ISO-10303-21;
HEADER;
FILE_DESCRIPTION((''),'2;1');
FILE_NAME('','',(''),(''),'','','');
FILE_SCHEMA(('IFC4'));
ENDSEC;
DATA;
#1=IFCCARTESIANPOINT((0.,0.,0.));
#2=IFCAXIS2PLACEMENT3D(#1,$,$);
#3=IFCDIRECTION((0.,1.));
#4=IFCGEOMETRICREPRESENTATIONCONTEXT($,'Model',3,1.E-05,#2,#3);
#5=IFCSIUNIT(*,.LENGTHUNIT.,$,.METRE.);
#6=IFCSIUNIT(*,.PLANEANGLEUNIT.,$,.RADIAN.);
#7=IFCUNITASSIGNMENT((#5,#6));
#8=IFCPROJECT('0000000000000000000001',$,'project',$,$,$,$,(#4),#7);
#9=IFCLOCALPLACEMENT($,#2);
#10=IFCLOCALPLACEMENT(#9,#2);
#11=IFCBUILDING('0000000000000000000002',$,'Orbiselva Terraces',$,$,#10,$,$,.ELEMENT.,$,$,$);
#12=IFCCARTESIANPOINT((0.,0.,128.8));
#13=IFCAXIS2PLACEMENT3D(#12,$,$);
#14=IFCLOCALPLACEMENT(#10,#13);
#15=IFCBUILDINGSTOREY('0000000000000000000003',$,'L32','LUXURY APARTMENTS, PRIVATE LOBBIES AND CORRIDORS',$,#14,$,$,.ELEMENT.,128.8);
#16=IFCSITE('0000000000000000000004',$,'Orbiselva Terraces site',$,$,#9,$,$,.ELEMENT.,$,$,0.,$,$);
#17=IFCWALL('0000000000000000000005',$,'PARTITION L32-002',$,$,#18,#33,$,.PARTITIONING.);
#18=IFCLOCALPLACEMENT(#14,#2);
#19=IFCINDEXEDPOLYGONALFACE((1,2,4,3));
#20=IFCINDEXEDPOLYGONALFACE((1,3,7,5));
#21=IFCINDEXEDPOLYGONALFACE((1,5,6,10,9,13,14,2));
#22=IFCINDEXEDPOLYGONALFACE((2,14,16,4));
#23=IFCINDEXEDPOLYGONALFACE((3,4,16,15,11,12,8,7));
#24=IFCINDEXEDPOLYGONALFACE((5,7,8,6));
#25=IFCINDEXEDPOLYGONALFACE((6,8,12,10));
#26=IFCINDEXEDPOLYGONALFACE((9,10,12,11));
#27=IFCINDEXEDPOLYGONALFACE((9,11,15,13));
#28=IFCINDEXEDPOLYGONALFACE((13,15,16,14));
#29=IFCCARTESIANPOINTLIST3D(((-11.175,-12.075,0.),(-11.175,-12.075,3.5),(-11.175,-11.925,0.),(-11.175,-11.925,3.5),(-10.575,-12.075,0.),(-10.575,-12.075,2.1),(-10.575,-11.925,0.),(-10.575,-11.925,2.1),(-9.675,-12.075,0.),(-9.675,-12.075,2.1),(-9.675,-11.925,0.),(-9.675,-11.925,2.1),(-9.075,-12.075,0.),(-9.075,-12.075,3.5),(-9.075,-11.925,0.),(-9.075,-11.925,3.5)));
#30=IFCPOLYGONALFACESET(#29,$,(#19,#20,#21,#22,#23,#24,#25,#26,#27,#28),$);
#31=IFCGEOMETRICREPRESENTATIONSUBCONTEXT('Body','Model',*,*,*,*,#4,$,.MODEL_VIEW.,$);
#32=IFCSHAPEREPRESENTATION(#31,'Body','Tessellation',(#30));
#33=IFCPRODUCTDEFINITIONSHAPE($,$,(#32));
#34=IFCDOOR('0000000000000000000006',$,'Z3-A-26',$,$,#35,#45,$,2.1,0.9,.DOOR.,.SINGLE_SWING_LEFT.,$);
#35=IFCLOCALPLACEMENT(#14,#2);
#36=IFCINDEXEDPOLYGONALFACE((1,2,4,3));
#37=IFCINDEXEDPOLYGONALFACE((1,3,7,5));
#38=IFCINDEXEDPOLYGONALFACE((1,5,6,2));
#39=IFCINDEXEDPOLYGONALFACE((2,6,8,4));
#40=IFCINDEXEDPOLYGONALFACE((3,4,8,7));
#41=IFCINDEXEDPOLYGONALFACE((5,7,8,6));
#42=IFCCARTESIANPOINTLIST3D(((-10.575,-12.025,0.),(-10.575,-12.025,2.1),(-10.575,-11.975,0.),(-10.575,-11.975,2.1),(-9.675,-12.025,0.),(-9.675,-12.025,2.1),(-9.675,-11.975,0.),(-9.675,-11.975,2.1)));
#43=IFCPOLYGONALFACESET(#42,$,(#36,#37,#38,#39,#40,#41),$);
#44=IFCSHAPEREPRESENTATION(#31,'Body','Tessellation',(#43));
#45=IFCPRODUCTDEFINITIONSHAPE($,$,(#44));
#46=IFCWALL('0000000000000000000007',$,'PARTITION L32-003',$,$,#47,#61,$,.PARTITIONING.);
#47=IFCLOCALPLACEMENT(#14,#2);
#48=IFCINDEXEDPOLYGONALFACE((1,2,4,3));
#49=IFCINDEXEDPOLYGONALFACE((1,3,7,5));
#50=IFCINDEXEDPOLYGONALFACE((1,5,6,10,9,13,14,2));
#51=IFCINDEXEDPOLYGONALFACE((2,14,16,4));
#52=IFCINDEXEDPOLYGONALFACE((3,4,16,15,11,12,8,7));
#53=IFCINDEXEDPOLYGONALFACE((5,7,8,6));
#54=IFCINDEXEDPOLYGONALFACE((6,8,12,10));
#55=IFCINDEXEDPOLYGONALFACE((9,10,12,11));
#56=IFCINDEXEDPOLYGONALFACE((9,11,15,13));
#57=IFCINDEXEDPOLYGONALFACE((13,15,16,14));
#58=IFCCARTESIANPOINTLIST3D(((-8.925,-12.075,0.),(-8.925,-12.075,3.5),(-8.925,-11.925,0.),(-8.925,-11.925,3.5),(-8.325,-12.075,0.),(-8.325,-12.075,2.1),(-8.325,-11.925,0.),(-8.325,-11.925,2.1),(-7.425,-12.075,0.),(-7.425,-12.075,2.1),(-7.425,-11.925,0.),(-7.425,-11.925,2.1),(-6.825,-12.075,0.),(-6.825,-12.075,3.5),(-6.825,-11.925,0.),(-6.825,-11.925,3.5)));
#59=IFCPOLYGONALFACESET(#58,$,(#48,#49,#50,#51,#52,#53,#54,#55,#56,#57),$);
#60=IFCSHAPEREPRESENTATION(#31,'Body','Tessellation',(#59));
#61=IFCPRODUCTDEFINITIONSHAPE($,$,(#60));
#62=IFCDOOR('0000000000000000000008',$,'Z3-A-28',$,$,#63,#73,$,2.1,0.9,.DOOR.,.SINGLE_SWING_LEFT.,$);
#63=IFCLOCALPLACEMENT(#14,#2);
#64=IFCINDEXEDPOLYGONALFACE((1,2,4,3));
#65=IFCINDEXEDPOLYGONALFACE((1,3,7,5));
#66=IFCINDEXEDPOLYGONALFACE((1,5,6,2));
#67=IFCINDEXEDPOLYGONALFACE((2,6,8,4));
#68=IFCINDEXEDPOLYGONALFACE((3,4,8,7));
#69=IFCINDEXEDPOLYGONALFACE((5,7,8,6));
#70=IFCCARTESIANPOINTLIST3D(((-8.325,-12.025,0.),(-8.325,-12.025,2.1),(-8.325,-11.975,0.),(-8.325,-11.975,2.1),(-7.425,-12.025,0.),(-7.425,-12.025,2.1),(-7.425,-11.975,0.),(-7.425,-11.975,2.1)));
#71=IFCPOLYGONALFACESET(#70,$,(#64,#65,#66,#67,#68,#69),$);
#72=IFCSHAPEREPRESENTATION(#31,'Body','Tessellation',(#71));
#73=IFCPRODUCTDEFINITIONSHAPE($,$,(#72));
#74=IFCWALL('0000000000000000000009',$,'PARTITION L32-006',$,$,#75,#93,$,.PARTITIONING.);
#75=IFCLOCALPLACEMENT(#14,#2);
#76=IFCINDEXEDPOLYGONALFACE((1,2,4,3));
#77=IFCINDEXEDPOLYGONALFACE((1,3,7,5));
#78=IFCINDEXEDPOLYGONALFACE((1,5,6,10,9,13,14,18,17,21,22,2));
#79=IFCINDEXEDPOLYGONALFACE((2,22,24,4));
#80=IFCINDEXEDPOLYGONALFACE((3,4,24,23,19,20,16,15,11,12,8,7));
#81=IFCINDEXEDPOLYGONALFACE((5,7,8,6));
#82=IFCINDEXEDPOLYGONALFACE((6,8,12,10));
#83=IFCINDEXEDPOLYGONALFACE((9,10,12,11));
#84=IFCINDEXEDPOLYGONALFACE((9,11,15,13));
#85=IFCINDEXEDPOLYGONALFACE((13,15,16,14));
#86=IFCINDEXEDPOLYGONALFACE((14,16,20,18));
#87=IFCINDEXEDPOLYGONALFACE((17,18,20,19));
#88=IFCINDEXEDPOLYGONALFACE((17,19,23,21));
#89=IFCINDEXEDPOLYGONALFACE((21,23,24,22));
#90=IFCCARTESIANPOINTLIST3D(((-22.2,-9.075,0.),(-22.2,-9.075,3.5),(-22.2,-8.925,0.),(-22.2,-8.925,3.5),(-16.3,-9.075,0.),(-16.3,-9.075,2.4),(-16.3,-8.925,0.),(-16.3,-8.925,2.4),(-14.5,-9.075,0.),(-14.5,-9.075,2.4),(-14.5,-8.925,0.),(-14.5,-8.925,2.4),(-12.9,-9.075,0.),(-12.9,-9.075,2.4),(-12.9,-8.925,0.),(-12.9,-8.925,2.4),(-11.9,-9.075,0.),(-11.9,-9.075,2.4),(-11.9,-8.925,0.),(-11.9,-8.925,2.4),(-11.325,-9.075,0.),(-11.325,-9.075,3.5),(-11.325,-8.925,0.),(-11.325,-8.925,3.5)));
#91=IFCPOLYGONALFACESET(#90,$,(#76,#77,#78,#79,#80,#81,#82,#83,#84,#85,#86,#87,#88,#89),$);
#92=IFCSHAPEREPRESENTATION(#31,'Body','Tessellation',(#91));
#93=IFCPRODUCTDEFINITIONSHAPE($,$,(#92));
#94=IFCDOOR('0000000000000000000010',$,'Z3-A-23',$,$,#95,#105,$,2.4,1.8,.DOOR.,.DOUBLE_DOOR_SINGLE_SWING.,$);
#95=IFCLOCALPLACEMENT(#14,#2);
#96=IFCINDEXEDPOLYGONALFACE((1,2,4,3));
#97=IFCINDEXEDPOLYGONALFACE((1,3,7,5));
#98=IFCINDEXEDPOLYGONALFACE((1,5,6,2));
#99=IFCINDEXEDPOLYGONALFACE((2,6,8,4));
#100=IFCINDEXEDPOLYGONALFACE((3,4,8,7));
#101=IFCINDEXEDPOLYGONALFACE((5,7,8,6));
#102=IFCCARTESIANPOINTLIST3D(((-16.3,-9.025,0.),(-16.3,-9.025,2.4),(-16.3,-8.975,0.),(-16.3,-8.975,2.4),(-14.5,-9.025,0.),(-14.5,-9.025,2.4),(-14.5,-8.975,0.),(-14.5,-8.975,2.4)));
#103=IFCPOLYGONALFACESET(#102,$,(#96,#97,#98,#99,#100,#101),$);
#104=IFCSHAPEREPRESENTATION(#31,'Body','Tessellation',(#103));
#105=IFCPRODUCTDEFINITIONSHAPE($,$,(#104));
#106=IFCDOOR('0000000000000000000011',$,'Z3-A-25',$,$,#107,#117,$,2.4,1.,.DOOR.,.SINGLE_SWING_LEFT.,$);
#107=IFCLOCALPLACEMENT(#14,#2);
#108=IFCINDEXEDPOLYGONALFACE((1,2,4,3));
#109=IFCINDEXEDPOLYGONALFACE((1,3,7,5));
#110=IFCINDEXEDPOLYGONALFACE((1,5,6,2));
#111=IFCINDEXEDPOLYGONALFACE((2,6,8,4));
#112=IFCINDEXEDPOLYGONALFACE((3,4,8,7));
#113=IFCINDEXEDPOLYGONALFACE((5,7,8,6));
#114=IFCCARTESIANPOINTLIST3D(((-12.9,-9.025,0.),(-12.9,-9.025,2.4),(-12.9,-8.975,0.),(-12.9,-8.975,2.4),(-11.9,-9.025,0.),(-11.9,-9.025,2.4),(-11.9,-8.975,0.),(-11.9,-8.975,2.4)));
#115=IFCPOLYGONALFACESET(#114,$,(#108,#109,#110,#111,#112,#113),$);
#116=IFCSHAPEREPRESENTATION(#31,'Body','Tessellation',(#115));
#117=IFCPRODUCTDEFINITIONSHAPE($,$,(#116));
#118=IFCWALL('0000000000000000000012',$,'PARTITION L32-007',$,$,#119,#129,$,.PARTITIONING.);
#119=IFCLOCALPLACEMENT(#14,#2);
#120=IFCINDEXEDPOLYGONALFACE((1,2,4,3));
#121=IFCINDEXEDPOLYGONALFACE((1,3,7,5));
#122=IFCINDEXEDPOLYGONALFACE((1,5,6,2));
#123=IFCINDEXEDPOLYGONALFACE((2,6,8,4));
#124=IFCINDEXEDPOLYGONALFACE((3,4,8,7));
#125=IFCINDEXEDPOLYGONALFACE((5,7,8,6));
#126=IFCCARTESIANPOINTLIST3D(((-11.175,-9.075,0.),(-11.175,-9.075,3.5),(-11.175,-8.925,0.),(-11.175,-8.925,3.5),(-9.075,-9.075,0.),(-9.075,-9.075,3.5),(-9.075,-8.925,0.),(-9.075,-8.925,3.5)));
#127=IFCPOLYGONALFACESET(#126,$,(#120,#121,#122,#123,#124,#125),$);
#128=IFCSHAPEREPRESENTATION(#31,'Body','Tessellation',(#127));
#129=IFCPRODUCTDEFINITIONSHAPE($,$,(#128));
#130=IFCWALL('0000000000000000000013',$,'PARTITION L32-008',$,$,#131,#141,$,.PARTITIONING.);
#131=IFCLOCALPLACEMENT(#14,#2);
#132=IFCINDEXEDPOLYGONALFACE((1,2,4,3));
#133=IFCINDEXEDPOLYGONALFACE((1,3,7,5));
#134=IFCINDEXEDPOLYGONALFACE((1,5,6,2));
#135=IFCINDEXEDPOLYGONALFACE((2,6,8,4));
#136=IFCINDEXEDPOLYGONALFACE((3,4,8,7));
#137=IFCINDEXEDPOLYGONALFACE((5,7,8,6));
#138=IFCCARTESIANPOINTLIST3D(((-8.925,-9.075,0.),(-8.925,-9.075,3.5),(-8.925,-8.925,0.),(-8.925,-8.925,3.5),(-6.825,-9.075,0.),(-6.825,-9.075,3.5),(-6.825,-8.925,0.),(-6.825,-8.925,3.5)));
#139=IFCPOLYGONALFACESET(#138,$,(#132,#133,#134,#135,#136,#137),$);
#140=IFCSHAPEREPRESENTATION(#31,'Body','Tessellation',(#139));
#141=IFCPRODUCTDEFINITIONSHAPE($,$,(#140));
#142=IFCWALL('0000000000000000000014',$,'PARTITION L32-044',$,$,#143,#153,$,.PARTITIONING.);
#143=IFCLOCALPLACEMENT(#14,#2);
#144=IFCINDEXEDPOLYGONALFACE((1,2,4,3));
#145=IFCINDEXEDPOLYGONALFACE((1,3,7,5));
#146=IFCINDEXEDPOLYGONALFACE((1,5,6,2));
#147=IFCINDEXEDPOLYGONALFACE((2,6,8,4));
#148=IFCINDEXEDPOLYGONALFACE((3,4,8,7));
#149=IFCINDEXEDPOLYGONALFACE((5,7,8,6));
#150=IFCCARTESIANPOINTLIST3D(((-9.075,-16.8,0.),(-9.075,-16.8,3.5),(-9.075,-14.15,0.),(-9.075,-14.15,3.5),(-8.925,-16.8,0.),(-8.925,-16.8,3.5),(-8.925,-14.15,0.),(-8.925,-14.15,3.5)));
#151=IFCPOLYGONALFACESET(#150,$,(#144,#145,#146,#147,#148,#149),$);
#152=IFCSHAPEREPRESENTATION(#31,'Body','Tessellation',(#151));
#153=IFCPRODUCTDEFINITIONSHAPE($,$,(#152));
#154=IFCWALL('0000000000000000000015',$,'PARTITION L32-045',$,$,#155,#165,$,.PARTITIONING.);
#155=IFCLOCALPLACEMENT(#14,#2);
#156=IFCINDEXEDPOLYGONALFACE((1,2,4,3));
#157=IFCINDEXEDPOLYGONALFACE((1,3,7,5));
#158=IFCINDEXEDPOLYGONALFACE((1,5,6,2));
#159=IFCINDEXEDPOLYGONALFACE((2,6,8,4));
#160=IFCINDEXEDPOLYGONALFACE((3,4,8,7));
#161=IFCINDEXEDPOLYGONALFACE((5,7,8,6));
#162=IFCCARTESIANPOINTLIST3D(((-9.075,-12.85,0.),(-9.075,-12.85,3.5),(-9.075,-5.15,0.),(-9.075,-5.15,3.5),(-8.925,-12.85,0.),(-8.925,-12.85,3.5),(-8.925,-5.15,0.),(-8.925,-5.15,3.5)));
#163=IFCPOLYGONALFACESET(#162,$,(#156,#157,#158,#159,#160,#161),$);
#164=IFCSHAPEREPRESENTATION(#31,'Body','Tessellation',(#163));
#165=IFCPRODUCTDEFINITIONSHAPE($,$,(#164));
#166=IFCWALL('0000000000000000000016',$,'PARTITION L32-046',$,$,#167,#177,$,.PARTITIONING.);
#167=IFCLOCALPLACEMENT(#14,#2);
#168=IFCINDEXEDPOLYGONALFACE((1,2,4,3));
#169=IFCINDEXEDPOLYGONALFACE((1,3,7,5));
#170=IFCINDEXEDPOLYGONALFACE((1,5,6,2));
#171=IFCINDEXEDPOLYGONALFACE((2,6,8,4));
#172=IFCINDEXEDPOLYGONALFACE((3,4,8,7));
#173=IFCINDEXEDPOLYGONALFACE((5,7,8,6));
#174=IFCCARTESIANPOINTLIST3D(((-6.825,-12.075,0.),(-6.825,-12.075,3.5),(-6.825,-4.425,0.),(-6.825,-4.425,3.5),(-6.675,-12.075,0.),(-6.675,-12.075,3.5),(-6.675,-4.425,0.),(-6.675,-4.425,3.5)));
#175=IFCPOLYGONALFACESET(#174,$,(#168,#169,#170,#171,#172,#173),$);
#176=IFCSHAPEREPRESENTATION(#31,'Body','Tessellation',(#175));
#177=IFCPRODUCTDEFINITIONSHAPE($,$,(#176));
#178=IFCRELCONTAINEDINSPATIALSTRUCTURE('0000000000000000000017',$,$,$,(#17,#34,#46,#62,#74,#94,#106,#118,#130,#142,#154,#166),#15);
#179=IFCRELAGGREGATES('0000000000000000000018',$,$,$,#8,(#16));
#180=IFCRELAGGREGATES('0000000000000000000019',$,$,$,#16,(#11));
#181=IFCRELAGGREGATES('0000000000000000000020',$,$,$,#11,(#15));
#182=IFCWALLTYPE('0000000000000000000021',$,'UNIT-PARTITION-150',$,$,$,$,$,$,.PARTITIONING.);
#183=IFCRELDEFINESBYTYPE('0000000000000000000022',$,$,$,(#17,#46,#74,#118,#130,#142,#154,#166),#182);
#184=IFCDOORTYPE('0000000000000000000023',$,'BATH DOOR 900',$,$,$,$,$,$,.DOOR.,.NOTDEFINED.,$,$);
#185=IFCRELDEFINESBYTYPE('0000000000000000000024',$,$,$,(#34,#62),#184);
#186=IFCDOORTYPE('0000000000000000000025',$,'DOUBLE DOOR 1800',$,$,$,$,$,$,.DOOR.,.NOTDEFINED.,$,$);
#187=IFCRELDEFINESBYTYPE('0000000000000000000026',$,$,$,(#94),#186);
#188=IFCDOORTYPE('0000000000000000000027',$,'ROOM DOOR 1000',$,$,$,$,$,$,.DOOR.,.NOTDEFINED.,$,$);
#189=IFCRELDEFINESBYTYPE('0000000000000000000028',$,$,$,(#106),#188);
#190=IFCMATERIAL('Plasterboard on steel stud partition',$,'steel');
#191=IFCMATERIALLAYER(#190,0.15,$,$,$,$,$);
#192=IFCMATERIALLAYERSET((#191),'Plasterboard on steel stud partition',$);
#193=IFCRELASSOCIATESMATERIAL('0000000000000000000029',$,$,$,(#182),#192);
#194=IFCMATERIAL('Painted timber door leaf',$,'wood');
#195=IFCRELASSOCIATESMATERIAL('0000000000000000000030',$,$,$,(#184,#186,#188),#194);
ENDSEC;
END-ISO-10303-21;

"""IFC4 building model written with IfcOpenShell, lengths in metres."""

from ifc_helpers import new_model, si_unit, direction, frame, frame_2d, origin, place, context, subcontext, project, spatial, rectangle, extrude, material, layer, layer_set, type_object, element, fill, save


model = new_model("IFC4")

# Units and contexts
model_context = context("Model", 3, precision=1e-05, world=origin(), true_north=direction((0.0, 1.0)))
body_context = subcontext(model_context, "Body", "Model", "MODEL_VIEW")
ifc_project = project(units=[si_unit("LENGTHUNIT", "METRE"), si_unit("PLANEANGLEUNIT", "RADIAN")], contexts=[model_context])

# Site, building, storey
site_placement = place(None, origin())
site = spatial("IfcSite", under=ifc_project, at=site_placement, Name="Orbiselva Terraces site", CompositionType="ELEMENT", RefElevation=0.0)
building_placement = place(site_placement, origin())
building = spatial("IfcBuilding", under=site, at=building_placement, Name="Orbiselva Terraces", CompositionType="ELEMENT")
storey_placement = place(building_placement, frame((0.0, 0.0, 128.8)))
storey = spatial("IfcBuildingStorey", under=building, at=storey_placement, Name="L32", Description="LUXURY APARTMENTS, PRIVATE LOBBIES AND CORRIDORS", CompositionType="ELEMENT", Elevation=128.8)

# Walls, openings, doors
ifc_material_1 = material(Name="Plasterboard on steel stud partition", Category="steel")
ifc_layer_1 = layer(ifc_material_1, 0.15)
ifc_layer_set_1 = layer_set([ifc_layer_1], Name="Plasterboard on steel stud partition")
wall_type_1 = type_object("IfcWallType", Name="UNIT-PARTITION-150", PredefinedType="PARTITIONING", material=ifc_layer_set_1)
wall_1_placement = place(storey_placement, frame((-11.175, -12.0, 0.0), z_axis=(0.0, 0.0, 1.0), x_axis=(1.0, 0.0, 0.0)))
wall_1 = element("IfcWall", 1, at=wall_1_placement, inside=storey, type_object=wall_type_1, Name="PARTITION L32-002", PredefinedType="PARTITIONING", context=body_context, shape_type="SweptSolid", body=[
    extrude(rectangle(XDim=2.1, YDim=0.15, at=frame_2d((1.05, 0.0))), origin(), (0.0, 0.0, 1.0), 3.5),
])
opening_1_placement = place(wall_1_placement, frame((0.6, 0.0, 0.0)))
opening_1 = element("IfcOpeningElement", 2, at=opening_1_placement, cuts=wall_1, PredefinedType="OPENING", context=body_context, shape_type="SweptSolid", body=[
    extrude(rectangle(XDim=0.9, YDim=2.1, at=frame_2d((0.45, 1.05))), frame((0.0, 0.085, 0.0), z_axis=(0.0, -1.0, 0.0), x_axis=(1.0, 0.0, 0.0)), (0.0, 0.0, 1.0), 0.17),
])
ifc_material_2 = material(Name="Painted timber door leaf", Category="wood")
door_type_1 = type_object("IfcDoorType", Name="BATH DOOR 900", OperationType="NOTDEFINED", PredefinedType="DOOR", material=ifc_material_2)
door_1_placement = place(opening_1_placement, origin())
door_1 = element("IfcDoor", 3, at=door_1_placement, inside=storey, type_object=door_type_1, Name="Z3-A-26", OperationType="SINGLE_SWING_LEFT", OverallHeight=2.1, OverallWidth=0.9, PredefinedType="DOOR", context=body_context, shape_type="SweptSolid", body=[
    extrude(rectangle(XDim=0.9, YDim=2.1, at=frame_2d((0.45, 1.05))), frame((0.0, 0.025, 0.0), z_axis=(0.0, -1.0, 0.0), x_axis=(1.0, 0.0, 0.0)), (0.0, 0.0, 1.0), 0.05),
])
fill(opening_1, door_1)
wall_2_placement = place(storey_placement, frame((-8.925, -12.0, 0.0), z_axis=(0.0, 0.0, 1.0), x_axis=(1.0, 0.0, 0.0)))
wall_2 = element("IfcWall", 4, at=wall_2_placement, inside=storey, type_object=wall_type_1, Name="PARTITION L32-003", PredefinedType="PARTITIONING", context=body_context, shape_type="SweptSolid", body=[
    extrude(rectangle(XDim=2.1, YDim=0.15, at=frame_2d((1.05, 0.0))), origin(), (0.0, 0.0, 1.0), 3.5),
])
opening_2_placement = place(wall_2_placement, frame((0.6, 0.0, 0.0)))
opening_2 = element("IfcOpeningElement", 5, at=opening_2_placement, cuts=wall_2, PredefinedType="OPENING", context=body_context, shape_type="SweptSolid", body=[
    extrude(rectangle(XDim=0.9, YDim=2.1, at=frame_2d((0.45, 1.05))), frame((0.0, 0.085, 0.0), z_axis=(0.0, -1.0, 0.0), x_axis=(1.0, 0.0, 0.0)), (0.0, 0.0, 1.0), 0.17),
])
door_2_placement = place(opening_2_placement, origin())
door_2 = element("IfcDoor", 6, at=door_2_placement, inside=storey, type_object=door_type_1, Name="Z3-A-28", OperationType="SINGLE_SWING_LEFT", OverallHeight=2.1, OverallWidth=0.9, PredefinedType="DOOR", context=body_context, shape_type="SweptSolid", body=[
    extrude(rectangle(XDim=0.9, YDim=2.1, at=frame_2d((0.45, 1.05))), frame((0.0, 0.025, 0.0), z_axis=(0.0, -1.0, 0.0), x_axis=(1.0, 0.0, 0.0)), (0.0, 0.0, 1.0), 0.05),
])
fill(opening_2, door_2)

# Wall, openings, doors
wall_3_placement = place(storey_placement, frame((-11.325, -9.0, 0.0), z_axis=(0.0, 0.0, 1.0), x_axis=(-1.0, 0.0, 0.0)))
wall_3 = element("IfcWall", 7, at=wall_3_placement, inside=storey, type_object=wall_type_1, Name="PARTITION L32-006", PredefinedType="PARTITIONING", context=body_context, shape_type="SweptSolid", body=[
    extrude(rectangle(XDim=10.875, YDim=0.15, at=frame_2d((5.4375, 0.0))), origin(), (0.0, 0.0, 1.0), 3.5),
])
opening_3_placement = place(wall_3_placement, frame((3.175, 0.0, 0.0)))
opening_3 = element("IfcOpeningElement", 8, at=opening_3_placement, cuts=wall_3, PredefinedType="OPENING", context=body_context, shape_type="SweptSolid", body=[
    extrude(rectangle(XDim=1.8, YDim=2.4, at=frame_2d((0.9, 1.2))), frame((0.0, 0.085, 0.0), z_axis=(0.0, -1.0, 0.0), x_axis=(1.0, 0.0, 0.0)), (0.0, 0.0, 1.0), 0.17),
])
opening_4_placement = place(wall_3_placement, frame((0.575, 0.0, 0.0)))
opening_4 = element("IfcOpeningElement", 9, at=opening_4_placement, cuts=wall_3, PredefinedType="OPENING", context=body_context, shape_type="SweptSolid", body=[
    extrude(rectangle(XDim=1.0, YDim=2.4, at=frame_2d((0.5, 1.2))), frame((0.0, 0.085, 0.0), z_axis=(0.0, -1.0, 0.0), x_axis=(1.0, 0.0, 0.0)), (0.0, 0.0, 1.0), 0.17),
])
door_type_2 = type_object("IfcDoorType", Name="DOUBLE DOOR 1800", OperationType="NOTDEFINED", PredefinedType="DOOR", material=ifc_material_2)
door_3_placement = place(opening_3_placement, origin())
door_3 = element("IfcDoor", 10, at=door_3_placement, inside=storey, type_object=door_type_2, Name="Z3-A-23", OperationType="DOUBLE_DOOR_SINGLE_SWING", OverallHeight=2.4, OverallWidth=1.8, PredefinedType="DOOR", context=body_context, shape_type="SweptSolid", body=[
    extrude(rectangle(XDim=1.8, YDim=2.4, at=frame_2d((0.9, 1.2))), frame((0.0, 0.025, 0.0), z_axis=(0.0, -1.0, 0.0), x_axis=(1.0, 0.0, 0.0)), (0.0, 0.0, 1.0), 0.05),
])
fill(opening_3, door_3)
door_type_3 = type_object("IfcDoorType", Name="ROOM DOOR 1000", OperationType="NOTDEFINED", PredefinedType="DOOR", material=ifc_material_2)
door_4_placement = place(opening_4_placement, origin())
door_4 = element("IfcDoor", 11, at=door_4_placement, inside=storey, type_object=door_type_3, Name="Z3-A-25", OperationType="SINGLE_SWING_LEFT", OverallHeight=2.4, OverallWidth=1.0, PredefinedType="DOOR", context=body_context, shape_type="SweptSolid", body=[
    extrude(rectangle(XDim=1.0, YDim=2.4, at=frame_2d((0.5, 1.2))), frame((0.0, 0.025, 0.0), z_axis=(0.0, -1.0, 0.0), x_axis=(1.0, 0.0, 0.0)), (0.0, 0.0, 1.0), 0.05),
])
fill(opening_4, door_4)

# Walls
for number, where, z_axis, x_axis, name in (
    (12, (-11.175, -9.0, 0.0), (0.0, 0.0, 1.0), (1.0, 0.0, 0.0), "PARTITION L32-007"),
    (13, (-8.925, -9.0, 0.0), (0.0, 0.0, 1.0), (1.0, 0.0, 0.0), "PARTITION L32-008"),
):
    element("IfcWall", number, at=place(storey_placement, frame(where, z_axis=z_axis, x_axis=x_axis)), inside=storey, type_object=wall_type_1, Name=name, PredefinedType="PARTITIONING", context=body_context, shape_type="SweptSolid", body=[
        extrude(rectangle(XDim=2.1, YDim=0.15, at=frame_2d((1.05, 0.0))), origin(), (0.0, 0.0, 1.0), 3.5),
    ])
wall_4_placement = place(storey_placement, frame((-9.0, -16.8, 0.0), z_axis=(0.0, 0.0, 1.0), x_axis=(0.0, 1.0, 0.0)))
element("IfcWall", 14, at=wall_4_placement, inside=storey, type_object=wall_type_1, Name="PARTITION L32-044", PredefinedType="PARTITIONING", context=body_context, shape_type="SweptSolid", body=[
    extrude(rectangle(XDim=2.65, YDim=0.15, at=frame_2d((1.325, 0.0))), origin(), (0.0, 0.0, 1.0), 3.5),
])
wall_5_placement = place(storey_placement, frame((-9.0, -12.85, 0.0), z_axis=(0.0, 0.0, 1.0), x_axis=(0.0, 1.0, 0.0)))
element("IfcWall", 15, at=wall_5_placement, inside=storey, type_object=wall_type_1, Name="PARTITION L32-045", PredefinedType="PARTITIONING", context=body_context, shape_type="SweptSolid", body=[
    extrude(rectangle(XDim=7.7, YDim=0.15, at=frame_2d((3.85, 0.0))), origin(), (0.0, 0.0, 1.0), 3.5),
])
wall_6_placement = place(storey_placement, frame((-6.75, -12.075, 0.0), z_axis=(0.0, 0.0, 1.0), x_axis=(0.0, 1.0, 0.0)))
element("IfcWall", 16, at=wall_6_placement, inside=storey, type_object=wall_type_1, Name="PARTITION L32-046", PredefinedType="PARTITIONING", context=body_context, shape_type="SweptSolid", body=[
    extrude(rectangle(XDim=7.65, YDim=0.15, at=frame_2d((3.825, 0.0))), origin(), (0.0, 0.0, 1.0), 3.5),
])

save(model, "model.ifc")
